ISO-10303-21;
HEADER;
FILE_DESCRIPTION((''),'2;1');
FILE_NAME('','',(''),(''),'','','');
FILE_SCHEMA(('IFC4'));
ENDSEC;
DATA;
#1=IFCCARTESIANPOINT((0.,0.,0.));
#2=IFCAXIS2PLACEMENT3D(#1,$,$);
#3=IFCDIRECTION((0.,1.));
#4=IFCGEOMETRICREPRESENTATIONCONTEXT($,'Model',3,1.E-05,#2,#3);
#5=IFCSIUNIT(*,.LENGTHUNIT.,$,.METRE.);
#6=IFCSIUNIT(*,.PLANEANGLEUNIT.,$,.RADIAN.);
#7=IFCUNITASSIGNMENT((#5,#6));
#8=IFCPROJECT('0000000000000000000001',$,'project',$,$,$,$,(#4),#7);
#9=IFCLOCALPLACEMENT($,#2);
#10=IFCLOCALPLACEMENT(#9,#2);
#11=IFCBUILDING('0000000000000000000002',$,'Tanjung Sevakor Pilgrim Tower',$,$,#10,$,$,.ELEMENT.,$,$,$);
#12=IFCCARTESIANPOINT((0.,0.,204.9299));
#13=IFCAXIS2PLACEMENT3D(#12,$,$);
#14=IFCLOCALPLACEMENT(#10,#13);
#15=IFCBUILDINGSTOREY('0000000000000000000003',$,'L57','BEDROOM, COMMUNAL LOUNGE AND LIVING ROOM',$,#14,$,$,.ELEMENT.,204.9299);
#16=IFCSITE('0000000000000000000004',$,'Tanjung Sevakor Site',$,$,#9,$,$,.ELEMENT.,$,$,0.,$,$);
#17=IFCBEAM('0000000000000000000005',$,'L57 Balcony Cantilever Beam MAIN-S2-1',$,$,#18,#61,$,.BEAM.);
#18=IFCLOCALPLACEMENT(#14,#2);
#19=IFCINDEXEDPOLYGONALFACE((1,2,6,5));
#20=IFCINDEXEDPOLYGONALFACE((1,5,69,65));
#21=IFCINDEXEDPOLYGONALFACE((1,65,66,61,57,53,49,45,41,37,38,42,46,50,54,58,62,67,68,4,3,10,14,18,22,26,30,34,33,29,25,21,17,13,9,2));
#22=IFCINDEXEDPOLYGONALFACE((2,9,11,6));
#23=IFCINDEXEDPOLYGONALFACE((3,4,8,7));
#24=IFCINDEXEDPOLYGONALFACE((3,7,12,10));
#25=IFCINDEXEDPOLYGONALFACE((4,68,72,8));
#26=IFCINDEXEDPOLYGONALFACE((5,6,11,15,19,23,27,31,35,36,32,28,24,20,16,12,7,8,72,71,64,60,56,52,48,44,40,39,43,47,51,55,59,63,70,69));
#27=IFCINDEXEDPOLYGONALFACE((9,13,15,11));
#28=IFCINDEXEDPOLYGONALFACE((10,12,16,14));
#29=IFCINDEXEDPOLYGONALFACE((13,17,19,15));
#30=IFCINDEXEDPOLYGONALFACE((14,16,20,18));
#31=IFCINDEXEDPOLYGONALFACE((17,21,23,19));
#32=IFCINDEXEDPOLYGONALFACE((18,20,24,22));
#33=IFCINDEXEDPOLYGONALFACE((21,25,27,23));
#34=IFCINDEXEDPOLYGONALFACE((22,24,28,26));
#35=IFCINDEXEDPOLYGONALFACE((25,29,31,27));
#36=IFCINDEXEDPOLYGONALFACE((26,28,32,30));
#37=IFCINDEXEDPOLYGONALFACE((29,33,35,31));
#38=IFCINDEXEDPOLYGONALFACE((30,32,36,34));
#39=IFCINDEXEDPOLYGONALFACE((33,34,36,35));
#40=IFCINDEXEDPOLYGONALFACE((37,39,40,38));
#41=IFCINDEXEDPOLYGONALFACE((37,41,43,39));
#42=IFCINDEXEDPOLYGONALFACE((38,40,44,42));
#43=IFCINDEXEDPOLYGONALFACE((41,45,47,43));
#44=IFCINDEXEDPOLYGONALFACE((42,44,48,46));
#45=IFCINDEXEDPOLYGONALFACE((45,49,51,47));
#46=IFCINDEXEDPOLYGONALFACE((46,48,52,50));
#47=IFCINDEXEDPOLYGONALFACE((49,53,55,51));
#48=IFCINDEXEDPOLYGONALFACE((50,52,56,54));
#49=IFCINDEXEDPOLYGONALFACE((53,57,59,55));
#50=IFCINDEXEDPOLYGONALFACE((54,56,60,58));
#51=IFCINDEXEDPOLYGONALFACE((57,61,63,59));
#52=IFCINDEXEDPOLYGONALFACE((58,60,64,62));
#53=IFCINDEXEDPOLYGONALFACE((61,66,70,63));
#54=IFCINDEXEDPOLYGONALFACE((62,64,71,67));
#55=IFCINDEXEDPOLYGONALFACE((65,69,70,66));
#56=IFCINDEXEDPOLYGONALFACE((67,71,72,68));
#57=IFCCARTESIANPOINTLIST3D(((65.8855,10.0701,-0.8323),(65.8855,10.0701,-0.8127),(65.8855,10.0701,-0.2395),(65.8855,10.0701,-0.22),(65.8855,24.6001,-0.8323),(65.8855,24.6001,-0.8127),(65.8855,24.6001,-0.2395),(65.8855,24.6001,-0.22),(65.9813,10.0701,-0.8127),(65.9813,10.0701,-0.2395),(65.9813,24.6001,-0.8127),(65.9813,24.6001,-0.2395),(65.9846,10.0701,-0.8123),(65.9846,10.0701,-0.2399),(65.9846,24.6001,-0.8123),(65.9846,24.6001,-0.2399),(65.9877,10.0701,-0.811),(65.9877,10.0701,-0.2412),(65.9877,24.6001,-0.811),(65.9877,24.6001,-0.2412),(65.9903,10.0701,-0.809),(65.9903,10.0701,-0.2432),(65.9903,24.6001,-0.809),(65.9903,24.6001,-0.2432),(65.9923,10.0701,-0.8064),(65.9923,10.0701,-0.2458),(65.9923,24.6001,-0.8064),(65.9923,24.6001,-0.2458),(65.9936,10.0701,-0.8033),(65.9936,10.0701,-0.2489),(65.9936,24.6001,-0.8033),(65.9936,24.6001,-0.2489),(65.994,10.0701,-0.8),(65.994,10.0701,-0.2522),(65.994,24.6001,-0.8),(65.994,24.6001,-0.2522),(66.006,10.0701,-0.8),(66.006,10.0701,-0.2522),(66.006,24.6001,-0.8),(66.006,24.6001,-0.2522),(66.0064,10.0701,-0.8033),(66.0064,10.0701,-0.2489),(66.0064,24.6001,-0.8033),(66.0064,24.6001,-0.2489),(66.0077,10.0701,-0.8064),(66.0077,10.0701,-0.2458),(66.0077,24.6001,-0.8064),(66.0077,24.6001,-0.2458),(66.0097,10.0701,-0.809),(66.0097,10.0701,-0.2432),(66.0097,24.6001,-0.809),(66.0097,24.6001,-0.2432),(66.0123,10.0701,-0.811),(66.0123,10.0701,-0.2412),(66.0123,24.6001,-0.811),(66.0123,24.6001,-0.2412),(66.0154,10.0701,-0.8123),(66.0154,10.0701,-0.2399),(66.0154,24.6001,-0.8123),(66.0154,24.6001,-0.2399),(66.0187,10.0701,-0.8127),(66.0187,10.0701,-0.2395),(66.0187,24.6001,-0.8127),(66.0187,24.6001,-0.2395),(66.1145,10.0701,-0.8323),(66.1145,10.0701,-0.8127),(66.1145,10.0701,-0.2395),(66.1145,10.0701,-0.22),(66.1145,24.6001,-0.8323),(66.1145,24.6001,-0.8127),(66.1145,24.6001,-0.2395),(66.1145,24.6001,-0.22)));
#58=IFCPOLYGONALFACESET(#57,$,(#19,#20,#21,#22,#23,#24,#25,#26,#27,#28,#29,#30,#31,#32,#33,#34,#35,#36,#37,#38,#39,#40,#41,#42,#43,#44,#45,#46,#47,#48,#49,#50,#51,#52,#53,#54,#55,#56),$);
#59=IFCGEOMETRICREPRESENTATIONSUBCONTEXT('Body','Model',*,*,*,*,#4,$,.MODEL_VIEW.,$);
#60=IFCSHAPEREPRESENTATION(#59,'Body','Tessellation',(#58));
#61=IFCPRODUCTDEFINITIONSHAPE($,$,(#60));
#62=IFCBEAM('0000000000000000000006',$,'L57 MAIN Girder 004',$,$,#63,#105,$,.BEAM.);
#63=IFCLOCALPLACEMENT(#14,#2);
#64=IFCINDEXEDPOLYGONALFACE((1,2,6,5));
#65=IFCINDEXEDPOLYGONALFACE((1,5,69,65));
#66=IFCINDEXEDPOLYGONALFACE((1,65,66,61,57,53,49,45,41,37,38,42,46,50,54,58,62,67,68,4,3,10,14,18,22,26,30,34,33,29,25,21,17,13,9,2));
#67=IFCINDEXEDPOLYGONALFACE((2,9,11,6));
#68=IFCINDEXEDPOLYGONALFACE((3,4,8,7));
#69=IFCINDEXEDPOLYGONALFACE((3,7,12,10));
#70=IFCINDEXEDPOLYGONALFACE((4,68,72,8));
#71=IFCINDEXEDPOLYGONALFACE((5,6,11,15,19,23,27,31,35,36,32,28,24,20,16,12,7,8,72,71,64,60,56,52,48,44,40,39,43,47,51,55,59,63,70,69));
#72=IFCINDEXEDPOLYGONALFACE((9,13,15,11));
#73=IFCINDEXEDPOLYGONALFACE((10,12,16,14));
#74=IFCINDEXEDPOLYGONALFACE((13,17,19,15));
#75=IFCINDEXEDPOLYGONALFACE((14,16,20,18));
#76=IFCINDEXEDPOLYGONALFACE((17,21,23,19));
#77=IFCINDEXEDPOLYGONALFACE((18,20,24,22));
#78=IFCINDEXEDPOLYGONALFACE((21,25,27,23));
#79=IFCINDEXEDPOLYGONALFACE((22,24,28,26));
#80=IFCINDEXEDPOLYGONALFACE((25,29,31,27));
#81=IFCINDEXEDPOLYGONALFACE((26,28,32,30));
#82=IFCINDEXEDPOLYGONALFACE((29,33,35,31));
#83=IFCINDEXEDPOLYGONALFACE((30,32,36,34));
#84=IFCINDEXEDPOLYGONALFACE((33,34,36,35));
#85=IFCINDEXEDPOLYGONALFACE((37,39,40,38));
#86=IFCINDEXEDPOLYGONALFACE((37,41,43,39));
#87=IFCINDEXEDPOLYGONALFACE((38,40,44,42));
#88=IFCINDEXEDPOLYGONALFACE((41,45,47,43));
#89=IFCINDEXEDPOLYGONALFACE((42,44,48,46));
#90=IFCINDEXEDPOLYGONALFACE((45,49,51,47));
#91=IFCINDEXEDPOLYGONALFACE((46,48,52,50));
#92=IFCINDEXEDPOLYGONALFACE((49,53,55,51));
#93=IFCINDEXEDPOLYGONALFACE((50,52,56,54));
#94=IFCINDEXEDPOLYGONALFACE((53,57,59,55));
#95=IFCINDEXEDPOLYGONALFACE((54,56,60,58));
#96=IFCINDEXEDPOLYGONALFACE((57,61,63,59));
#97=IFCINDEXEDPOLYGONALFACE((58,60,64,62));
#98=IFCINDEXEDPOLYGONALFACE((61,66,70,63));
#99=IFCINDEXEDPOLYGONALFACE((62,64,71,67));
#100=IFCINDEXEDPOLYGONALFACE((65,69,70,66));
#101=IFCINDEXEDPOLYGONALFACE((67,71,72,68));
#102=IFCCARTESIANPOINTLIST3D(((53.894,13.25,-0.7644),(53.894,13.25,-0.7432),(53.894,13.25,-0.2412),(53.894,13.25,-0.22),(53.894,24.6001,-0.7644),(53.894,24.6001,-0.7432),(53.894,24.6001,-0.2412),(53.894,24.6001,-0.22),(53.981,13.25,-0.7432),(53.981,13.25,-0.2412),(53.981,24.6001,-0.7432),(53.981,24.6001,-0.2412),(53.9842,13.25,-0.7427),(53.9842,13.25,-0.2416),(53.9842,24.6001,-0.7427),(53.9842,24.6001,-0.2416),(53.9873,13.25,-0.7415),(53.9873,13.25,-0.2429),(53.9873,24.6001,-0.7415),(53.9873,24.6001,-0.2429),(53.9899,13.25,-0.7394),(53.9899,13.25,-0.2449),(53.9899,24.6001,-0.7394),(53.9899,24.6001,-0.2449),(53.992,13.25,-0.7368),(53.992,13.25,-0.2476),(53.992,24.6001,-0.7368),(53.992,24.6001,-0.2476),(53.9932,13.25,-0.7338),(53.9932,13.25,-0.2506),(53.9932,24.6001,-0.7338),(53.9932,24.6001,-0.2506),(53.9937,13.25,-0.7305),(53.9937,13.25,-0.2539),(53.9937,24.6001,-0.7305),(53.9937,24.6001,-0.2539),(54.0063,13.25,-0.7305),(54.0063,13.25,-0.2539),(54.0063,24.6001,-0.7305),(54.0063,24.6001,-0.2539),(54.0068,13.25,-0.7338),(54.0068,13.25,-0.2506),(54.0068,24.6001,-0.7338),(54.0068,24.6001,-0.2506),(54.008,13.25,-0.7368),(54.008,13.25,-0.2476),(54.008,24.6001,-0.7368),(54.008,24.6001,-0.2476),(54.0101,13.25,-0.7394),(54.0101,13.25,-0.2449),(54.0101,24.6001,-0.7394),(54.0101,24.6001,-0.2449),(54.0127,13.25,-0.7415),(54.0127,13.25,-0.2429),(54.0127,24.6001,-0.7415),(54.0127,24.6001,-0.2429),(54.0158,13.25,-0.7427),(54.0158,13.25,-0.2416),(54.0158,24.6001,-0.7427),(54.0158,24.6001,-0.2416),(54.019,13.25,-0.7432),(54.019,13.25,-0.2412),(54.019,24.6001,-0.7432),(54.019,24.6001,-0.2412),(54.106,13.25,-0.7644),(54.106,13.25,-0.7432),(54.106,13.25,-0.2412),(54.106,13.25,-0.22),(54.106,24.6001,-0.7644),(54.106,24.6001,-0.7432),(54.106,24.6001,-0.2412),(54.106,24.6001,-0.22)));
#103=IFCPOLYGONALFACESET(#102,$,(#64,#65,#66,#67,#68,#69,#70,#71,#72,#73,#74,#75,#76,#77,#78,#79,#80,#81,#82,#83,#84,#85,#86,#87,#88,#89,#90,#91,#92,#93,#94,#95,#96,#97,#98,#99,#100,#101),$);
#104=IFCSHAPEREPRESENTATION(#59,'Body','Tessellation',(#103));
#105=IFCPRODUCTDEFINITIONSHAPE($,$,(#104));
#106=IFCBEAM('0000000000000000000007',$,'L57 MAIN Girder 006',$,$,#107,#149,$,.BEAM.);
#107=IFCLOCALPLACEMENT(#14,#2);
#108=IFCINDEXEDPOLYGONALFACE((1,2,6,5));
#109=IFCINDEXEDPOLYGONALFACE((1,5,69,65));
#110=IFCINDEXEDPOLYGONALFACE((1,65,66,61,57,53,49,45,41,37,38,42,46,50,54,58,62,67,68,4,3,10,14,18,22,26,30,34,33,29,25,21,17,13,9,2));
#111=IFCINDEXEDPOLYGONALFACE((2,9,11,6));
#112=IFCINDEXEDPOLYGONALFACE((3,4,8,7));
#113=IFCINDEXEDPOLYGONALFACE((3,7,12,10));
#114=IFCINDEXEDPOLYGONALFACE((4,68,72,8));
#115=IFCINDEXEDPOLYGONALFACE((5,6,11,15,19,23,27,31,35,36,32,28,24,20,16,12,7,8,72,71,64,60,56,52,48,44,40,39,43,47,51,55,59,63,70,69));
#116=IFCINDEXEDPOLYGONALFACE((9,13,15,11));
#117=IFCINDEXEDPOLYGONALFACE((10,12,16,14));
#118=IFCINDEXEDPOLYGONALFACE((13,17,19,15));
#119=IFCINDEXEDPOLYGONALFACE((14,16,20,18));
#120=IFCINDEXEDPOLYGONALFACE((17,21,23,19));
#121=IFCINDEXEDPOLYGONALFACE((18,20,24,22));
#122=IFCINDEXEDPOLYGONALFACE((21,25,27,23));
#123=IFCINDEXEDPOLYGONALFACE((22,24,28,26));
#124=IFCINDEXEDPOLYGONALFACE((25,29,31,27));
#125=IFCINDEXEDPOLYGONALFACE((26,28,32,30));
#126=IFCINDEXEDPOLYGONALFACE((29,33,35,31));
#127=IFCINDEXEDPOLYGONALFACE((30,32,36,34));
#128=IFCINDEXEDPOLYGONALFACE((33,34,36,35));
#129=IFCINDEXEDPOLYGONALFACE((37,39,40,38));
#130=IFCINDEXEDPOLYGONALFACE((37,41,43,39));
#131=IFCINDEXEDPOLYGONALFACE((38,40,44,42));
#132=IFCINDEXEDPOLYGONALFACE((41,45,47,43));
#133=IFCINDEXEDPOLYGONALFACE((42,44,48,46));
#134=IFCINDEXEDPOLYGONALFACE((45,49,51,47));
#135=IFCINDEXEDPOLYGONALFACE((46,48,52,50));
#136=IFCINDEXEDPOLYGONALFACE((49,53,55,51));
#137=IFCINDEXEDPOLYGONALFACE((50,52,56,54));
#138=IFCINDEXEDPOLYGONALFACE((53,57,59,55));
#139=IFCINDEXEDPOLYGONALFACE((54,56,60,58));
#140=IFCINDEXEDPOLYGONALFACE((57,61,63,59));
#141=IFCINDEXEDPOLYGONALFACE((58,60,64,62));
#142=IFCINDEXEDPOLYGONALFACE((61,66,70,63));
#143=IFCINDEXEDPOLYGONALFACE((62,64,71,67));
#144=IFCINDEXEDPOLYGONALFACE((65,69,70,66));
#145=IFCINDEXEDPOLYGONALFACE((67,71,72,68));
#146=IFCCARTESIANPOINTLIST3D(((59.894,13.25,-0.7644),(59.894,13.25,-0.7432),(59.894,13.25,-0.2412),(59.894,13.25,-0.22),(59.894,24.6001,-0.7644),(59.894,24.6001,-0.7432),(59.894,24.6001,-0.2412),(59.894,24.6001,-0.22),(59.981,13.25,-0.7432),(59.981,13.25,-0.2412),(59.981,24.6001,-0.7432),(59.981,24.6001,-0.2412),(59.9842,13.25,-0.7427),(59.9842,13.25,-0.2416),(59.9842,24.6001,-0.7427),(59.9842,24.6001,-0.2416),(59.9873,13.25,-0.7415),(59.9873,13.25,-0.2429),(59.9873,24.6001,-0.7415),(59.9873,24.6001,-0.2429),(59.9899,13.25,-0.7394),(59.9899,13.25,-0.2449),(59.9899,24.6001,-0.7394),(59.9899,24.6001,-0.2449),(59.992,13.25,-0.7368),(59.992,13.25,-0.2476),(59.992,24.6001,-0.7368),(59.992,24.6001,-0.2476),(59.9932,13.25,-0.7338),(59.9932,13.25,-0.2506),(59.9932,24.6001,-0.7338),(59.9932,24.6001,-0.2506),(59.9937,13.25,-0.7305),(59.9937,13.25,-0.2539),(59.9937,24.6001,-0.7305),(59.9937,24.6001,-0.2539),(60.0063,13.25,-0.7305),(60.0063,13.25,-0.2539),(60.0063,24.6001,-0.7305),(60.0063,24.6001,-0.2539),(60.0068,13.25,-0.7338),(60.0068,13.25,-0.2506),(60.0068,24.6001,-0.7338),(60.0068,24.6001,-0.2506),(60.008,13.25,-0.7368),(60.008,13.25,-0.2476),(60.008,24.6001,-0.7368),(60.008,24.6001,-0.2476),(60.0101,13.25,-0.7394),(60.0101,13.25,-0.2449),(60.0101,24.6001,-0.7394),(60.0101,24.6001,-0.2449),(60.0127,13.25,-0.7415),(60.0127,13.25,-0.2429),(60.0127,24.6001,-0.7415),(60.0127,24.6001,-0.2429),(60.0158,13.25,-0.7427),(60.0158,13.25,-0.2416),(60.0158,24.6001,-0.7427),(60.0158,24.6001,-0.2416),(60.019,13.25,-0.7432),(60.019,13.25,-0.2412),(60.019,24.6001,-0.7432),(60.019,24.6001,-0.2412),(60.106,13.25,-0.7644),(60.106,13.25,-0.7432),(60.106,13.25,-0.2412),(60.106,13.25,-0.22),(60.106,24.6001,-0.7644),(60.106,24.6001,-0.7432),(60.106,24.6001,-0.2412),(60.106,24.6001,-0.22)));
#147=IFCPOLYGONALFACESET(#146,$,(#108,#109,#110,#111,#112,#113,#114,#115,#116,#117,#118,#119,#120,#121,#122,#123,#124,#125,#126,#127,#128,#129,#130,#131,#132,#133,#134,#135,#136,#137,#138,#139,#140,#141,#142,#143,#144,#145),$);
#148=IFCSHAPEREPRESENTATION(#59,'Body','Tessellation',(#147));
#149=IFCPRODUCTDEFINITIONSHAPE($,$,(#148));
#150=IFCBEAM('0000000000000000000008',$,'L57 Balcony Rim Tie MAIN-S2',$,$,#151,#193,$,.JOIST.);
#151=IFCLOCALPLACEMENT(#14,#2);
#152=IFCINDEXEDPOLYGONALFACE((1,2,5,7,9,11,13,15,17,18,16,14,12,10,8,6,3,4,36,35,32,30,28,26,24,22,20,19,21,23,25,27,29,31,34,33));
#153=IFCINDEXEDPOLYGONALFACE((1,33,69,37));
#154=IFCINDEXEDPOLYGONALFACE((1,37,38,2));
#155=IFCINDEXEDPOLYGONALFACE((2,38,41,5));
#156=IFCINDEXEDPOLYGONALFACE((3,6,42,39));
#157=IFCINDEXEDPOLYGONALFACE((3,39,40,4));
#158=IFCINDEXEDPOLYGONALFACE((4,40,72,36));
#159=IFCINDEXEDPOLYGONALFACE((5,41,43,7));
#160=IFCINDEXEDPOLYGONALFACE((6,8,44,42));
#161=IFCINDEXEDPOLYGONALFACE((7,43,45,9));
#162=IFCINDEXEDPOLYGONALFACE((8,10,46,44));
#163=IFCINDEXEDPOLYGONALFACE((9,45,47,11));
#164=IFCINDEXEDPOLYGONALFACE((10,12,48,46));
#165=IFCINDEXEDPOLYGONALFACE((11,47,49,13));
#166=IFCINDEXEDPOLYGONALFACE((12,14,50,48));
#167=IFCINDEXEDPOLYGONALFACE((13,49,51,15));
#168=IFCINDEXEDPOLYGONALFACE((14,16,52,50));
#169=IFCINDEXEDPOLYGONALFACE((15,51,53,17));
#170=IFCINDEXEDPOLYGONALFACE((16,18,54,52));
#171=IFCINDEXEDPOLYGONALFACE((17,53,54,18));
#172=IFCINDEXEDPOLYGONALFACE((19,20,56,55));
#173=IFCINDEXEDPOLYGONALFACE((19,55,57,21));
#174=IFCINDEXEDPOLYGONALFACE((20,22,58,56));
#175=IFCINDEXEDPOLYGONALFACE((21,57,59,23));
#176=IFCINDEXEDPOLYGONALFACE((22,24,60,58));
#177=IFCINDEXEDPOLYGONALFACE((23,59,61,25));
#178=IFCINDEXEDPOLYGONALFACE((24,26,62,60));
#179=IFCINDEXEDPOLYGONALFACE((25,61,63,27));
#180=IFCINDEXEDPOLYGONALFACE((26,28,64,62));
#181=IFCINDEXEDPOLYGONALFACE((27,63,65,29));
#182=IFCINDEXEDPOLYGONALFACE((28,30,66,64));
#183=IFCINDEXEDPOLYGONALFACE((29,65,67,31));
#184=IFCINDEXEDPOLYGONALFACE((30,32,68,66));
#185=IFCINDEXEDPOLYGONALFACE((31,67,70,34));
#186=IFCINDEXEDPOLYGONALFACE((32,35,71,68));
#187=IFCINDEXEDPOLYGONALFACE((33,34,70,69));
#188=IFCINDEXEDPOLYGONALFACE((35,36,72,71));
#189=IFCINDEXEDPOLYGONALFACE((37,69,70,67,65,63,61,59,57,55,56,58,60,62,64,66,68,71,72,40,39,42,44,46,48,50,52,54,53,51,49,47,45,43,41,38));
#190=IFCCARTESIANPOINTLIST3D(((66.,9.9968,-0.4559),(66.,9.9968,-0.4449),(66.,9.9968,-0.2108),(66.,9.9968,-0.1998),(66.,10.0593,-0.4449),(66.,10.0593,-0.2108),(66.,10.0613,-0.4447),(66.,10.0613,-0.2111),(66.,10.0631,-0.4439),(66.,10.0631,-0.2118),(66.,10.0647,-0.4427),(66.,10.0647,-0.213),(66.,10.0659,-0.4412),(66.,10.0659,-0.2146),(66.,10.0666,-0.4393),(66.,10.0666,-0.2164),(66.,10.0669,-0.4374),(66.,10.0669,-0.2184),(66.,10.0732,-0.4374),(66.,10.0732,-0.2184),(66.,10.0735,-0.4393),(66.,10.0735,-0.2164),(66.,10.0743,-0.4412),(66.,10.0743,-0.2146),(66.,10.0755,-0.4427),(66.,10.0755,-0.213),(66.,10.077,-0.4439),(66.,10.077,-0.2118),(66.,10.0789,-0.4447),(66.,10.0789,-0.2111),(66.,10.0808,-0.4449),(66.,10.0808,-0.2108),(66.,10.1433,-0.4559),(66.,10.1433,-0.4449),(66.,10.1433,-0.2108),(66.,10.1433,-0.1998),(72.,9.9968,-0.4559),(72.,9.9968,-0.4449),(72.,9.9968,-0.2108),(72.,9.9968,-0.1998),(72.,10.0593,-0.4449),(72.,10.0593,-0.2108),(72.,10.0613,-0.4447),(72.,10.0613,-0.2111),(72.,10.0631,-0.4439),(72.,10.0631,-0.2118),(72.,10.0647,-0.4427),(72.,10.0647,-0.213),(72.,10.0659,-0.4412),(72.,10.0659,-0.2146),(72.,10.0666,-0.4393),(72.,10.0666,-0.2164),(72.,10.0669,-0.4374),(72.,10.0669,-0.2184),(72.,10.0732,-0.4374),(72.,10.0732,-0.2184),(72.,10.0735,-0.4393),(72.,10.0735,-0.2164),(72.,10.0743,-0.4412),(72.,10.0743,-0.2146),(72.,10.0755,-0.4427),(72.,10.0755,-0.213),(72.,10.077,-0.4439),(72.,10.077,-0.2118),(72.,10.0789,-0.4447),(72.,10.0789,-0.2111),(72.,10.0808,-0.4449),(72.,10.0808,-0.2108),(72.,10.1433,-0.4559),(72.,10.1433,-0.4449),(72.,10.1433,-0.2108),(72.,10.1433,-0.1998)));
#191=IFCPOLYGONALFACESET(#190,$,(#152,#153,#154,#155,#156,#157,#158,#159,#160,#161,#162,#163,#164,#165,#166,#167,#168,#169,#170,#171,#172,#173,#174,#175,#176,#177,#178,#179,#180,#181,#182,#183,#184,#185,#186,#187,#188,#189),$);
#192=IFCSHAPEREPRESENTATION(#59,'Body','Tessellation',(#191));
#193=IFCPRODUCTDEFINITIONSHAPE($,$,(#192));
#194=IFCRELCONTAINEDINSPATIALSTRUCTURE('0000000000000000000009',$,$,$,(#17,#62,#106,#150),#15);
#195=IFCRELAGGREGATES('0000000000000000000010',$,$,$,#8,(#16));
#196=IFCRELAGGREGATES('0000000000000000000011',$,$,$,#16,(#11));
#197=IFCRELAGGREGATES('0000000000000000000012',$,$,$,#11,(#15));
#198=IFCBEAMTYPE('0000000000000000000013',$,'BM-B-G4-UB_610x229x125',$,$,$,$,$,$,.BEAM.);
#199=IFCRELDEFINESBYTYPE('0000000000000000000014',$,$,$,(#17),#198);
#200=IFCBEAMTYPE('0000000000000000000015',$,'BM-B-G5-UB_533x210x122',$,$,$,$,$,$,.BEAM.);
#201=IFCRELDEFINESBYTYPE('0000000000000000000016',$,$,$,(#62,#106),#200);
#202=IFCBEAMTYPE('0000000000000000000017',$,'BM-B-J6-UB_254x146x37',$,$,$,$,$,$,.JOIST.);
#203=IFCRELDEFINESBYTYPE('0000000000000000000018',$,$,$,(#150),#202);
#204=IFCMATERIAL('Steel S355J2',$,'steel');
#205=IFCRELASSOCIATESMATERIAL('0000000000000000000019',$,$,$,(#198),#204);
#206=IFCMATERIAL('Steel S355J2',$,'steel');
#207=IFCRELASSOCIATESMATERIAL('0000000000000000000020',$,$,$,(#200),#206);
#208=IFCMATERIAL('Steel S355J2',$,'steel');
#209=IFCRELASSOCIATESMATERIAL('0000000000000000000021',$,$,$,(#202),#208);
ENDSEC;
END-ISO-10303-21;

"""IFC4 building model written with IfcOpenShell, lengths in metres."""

from ifc_helpers import new_model, si_unit, direction, frame, origin, origin_2d, place, context, subcontext, project, spatial, i_section, extrude, material, material_profile, profile_set, type_object, element, save


model = new_model("IFC4")

# Units and contexts
model_context = context("Model", 3, precision=1e-05, world=origin(), true_north=direction((0.0, 1.0)))
body_context = subcontext(model_context, "Body", "Model", "MODEL_VIEW")
ifc_project = project(units=[si_unit("LENGTHUNIT", "METRE"), si_unit("PLANEANGLEUNIT", "RADIAN")], contexts=[model_context])

# Site, building, storey
site_placement = place(None, origin())
site = spatial("IfcSite", under=ifc_project, at=site_placement, Name="Tanjung Sevakor Site", CompositionType="ELEMENT", RefElevation=0.0)
building_placement = place(site_placement, origin())
building = spatial("IfcBuilding", under=site, at=building_placement, Name="Tanjung Sevakor Pilgrim Tower", CompositionType="ELEMENT")
storey_placement = place(building_placement, frame((0.0, 0.0, 204.9299)))
storey = spatial("IfcBuildingStorey", under=building, at=storey_placement, Name="L57", Description="BEDROOM, COMMUNAL LOUNGE AND LIVING ROOM", CompositionType="ELEMENT", Elevation=204.9299)

# Beams
ifc_material_1 = material(Name="Steel S355J2", Category="steel")
ifc_material_profile_1 = material_profile(ifc_material_1, i_section(OverallWidth=0.229, OverallDepth=0.6123, WebThickness=0.012, FlangeThickness=0.0195, FilletRadius=0.0127, at=origin_2d()))
ifc_profile_set_1 = profile_set([ifc_material_profile_1], Name="Steel S355J2")
beam_type_1 = type_object("IfcBeamType", Name="BM-B-G4-UB_610x229x125", PredefinedType="BEAM", material=ifc_profile_set_1)
beam_1_placement = place(storey_placement, frame((66.0, 24.6001, -0.5261), z_axis=(0.0, -1.0, 0.0), x_axis=(1.0, 0.0, 0.0)))
element("IfcBeam", 1, at=beam_1_placement, inside=storey, type_object=beam_type_1, Name="L57 Balcony Cantilever Beam MAIN-S2-1", PredefinedType="BEAM", context=body_context, shape_type="SweptSolid", body=[
    extrude(i_section(OverallWidth=0.229, OverallDepth=0.6123, WebThickness=0.012, FlangeThickness=0.0195, FilletRadius=0.0127, at=origin_2d()), origin(), (0.0, 0.0, 1.0), 14.53),
])
ifc_material_2 = material(Name="Steel S355J2", Category="steel")
ifc_material_profile_2 = material_profile(ifc_material_2, i_section(OverallWidth=0.2119, OverallDepth=0.5444, WebThickness=0.0127, FlangeThickness=0.0212, FilletRadius=0.0127, at=origin_2d()))
ifc_profile_set_2 = profile_set([ifc_material_profile_2], Name="Steel S355J2")
beam_type_2 = type_object("IfcBeamType", Name="BM-B-G5-UB_533x210x122", PredefinedType="BEAM", material=ifc_profile_set_2)
for number, where, z_axis, x_axis, name in (
    (2, (54.0, 13.25, -0.4922), (0.0, 1.0, 0.0), (-1.0, 0.0, 0.0), "L57 MAIN Girder 004"),
    (3, (60.0, 13.25, -0.4922), (0.0, 1.0, 0.0), (-1.0, 0.0, 0.0), "L57 MAIN Girder 006"),
):
    element("IfcBeam", number, at=place(storey_placement, frame(where, z_axis=z_axis, x_axis=x_axis)), inside=storey, type_object=beam_type_2, Name=name, PredefinedType="BEAM", context=body_context, shape_type="SweptSolid", body=[
        extrude(i_section(OverallWidth=0.2119, OverallDepth=0.5444, WebThickness=0.0127, FlangeThickness=0.0212, FilletRadius=0.0127, at=origin_2d()), origin(), (0.0, 0.0, 1.0), 11.3501),
    ])
ifc_material_3 = material(Name="Steel S355J2", Category="steel")
ifc_material_profile_3 = material_profile(ifc_material_3, i_section(OverallWidth=0.1465, OverallDepth=0.2561, WebThickness=0.0063, FlangeThickness=0.011, FilletRadius=0.0076, at=origin_2d()))
ifc_profile_set_3 = profile_set([ifc_material_profile_3], Name="Steel S355J2")
beam_type_3 = type_object("IfcBeamType", Name="BM-B-J6-UB_254x146x37", PredefinedType="JOIST", material=ifc_profile_set_3)
beam_2_placement = place(storey_placement, frame((66.0, 10.0701, -0.3279), z_axis=(1.0, 0.0, 0.0), x_axis=(0.0, 1.0, 0.0)))
element("IfcBeam", 4, at=beam_2_placement, inside=storey, type_object=beam_type_3, Name="L57 Balcony Rim Tie MAIN-S2", PredefinedType="JOIST", context=body_context, shape_type="SweptSolid", body=[
    extrude(i_section(OverallWidth=0.1465, OverallDepth=0.2561, WebThickness=0.0063, FlangeThickness=0.011, FilletRadius=0.0076, at=origin_2d()), origin(), (0.0, 0.0, 1.0), 6.0),
])

save(model, "model.ifc")
